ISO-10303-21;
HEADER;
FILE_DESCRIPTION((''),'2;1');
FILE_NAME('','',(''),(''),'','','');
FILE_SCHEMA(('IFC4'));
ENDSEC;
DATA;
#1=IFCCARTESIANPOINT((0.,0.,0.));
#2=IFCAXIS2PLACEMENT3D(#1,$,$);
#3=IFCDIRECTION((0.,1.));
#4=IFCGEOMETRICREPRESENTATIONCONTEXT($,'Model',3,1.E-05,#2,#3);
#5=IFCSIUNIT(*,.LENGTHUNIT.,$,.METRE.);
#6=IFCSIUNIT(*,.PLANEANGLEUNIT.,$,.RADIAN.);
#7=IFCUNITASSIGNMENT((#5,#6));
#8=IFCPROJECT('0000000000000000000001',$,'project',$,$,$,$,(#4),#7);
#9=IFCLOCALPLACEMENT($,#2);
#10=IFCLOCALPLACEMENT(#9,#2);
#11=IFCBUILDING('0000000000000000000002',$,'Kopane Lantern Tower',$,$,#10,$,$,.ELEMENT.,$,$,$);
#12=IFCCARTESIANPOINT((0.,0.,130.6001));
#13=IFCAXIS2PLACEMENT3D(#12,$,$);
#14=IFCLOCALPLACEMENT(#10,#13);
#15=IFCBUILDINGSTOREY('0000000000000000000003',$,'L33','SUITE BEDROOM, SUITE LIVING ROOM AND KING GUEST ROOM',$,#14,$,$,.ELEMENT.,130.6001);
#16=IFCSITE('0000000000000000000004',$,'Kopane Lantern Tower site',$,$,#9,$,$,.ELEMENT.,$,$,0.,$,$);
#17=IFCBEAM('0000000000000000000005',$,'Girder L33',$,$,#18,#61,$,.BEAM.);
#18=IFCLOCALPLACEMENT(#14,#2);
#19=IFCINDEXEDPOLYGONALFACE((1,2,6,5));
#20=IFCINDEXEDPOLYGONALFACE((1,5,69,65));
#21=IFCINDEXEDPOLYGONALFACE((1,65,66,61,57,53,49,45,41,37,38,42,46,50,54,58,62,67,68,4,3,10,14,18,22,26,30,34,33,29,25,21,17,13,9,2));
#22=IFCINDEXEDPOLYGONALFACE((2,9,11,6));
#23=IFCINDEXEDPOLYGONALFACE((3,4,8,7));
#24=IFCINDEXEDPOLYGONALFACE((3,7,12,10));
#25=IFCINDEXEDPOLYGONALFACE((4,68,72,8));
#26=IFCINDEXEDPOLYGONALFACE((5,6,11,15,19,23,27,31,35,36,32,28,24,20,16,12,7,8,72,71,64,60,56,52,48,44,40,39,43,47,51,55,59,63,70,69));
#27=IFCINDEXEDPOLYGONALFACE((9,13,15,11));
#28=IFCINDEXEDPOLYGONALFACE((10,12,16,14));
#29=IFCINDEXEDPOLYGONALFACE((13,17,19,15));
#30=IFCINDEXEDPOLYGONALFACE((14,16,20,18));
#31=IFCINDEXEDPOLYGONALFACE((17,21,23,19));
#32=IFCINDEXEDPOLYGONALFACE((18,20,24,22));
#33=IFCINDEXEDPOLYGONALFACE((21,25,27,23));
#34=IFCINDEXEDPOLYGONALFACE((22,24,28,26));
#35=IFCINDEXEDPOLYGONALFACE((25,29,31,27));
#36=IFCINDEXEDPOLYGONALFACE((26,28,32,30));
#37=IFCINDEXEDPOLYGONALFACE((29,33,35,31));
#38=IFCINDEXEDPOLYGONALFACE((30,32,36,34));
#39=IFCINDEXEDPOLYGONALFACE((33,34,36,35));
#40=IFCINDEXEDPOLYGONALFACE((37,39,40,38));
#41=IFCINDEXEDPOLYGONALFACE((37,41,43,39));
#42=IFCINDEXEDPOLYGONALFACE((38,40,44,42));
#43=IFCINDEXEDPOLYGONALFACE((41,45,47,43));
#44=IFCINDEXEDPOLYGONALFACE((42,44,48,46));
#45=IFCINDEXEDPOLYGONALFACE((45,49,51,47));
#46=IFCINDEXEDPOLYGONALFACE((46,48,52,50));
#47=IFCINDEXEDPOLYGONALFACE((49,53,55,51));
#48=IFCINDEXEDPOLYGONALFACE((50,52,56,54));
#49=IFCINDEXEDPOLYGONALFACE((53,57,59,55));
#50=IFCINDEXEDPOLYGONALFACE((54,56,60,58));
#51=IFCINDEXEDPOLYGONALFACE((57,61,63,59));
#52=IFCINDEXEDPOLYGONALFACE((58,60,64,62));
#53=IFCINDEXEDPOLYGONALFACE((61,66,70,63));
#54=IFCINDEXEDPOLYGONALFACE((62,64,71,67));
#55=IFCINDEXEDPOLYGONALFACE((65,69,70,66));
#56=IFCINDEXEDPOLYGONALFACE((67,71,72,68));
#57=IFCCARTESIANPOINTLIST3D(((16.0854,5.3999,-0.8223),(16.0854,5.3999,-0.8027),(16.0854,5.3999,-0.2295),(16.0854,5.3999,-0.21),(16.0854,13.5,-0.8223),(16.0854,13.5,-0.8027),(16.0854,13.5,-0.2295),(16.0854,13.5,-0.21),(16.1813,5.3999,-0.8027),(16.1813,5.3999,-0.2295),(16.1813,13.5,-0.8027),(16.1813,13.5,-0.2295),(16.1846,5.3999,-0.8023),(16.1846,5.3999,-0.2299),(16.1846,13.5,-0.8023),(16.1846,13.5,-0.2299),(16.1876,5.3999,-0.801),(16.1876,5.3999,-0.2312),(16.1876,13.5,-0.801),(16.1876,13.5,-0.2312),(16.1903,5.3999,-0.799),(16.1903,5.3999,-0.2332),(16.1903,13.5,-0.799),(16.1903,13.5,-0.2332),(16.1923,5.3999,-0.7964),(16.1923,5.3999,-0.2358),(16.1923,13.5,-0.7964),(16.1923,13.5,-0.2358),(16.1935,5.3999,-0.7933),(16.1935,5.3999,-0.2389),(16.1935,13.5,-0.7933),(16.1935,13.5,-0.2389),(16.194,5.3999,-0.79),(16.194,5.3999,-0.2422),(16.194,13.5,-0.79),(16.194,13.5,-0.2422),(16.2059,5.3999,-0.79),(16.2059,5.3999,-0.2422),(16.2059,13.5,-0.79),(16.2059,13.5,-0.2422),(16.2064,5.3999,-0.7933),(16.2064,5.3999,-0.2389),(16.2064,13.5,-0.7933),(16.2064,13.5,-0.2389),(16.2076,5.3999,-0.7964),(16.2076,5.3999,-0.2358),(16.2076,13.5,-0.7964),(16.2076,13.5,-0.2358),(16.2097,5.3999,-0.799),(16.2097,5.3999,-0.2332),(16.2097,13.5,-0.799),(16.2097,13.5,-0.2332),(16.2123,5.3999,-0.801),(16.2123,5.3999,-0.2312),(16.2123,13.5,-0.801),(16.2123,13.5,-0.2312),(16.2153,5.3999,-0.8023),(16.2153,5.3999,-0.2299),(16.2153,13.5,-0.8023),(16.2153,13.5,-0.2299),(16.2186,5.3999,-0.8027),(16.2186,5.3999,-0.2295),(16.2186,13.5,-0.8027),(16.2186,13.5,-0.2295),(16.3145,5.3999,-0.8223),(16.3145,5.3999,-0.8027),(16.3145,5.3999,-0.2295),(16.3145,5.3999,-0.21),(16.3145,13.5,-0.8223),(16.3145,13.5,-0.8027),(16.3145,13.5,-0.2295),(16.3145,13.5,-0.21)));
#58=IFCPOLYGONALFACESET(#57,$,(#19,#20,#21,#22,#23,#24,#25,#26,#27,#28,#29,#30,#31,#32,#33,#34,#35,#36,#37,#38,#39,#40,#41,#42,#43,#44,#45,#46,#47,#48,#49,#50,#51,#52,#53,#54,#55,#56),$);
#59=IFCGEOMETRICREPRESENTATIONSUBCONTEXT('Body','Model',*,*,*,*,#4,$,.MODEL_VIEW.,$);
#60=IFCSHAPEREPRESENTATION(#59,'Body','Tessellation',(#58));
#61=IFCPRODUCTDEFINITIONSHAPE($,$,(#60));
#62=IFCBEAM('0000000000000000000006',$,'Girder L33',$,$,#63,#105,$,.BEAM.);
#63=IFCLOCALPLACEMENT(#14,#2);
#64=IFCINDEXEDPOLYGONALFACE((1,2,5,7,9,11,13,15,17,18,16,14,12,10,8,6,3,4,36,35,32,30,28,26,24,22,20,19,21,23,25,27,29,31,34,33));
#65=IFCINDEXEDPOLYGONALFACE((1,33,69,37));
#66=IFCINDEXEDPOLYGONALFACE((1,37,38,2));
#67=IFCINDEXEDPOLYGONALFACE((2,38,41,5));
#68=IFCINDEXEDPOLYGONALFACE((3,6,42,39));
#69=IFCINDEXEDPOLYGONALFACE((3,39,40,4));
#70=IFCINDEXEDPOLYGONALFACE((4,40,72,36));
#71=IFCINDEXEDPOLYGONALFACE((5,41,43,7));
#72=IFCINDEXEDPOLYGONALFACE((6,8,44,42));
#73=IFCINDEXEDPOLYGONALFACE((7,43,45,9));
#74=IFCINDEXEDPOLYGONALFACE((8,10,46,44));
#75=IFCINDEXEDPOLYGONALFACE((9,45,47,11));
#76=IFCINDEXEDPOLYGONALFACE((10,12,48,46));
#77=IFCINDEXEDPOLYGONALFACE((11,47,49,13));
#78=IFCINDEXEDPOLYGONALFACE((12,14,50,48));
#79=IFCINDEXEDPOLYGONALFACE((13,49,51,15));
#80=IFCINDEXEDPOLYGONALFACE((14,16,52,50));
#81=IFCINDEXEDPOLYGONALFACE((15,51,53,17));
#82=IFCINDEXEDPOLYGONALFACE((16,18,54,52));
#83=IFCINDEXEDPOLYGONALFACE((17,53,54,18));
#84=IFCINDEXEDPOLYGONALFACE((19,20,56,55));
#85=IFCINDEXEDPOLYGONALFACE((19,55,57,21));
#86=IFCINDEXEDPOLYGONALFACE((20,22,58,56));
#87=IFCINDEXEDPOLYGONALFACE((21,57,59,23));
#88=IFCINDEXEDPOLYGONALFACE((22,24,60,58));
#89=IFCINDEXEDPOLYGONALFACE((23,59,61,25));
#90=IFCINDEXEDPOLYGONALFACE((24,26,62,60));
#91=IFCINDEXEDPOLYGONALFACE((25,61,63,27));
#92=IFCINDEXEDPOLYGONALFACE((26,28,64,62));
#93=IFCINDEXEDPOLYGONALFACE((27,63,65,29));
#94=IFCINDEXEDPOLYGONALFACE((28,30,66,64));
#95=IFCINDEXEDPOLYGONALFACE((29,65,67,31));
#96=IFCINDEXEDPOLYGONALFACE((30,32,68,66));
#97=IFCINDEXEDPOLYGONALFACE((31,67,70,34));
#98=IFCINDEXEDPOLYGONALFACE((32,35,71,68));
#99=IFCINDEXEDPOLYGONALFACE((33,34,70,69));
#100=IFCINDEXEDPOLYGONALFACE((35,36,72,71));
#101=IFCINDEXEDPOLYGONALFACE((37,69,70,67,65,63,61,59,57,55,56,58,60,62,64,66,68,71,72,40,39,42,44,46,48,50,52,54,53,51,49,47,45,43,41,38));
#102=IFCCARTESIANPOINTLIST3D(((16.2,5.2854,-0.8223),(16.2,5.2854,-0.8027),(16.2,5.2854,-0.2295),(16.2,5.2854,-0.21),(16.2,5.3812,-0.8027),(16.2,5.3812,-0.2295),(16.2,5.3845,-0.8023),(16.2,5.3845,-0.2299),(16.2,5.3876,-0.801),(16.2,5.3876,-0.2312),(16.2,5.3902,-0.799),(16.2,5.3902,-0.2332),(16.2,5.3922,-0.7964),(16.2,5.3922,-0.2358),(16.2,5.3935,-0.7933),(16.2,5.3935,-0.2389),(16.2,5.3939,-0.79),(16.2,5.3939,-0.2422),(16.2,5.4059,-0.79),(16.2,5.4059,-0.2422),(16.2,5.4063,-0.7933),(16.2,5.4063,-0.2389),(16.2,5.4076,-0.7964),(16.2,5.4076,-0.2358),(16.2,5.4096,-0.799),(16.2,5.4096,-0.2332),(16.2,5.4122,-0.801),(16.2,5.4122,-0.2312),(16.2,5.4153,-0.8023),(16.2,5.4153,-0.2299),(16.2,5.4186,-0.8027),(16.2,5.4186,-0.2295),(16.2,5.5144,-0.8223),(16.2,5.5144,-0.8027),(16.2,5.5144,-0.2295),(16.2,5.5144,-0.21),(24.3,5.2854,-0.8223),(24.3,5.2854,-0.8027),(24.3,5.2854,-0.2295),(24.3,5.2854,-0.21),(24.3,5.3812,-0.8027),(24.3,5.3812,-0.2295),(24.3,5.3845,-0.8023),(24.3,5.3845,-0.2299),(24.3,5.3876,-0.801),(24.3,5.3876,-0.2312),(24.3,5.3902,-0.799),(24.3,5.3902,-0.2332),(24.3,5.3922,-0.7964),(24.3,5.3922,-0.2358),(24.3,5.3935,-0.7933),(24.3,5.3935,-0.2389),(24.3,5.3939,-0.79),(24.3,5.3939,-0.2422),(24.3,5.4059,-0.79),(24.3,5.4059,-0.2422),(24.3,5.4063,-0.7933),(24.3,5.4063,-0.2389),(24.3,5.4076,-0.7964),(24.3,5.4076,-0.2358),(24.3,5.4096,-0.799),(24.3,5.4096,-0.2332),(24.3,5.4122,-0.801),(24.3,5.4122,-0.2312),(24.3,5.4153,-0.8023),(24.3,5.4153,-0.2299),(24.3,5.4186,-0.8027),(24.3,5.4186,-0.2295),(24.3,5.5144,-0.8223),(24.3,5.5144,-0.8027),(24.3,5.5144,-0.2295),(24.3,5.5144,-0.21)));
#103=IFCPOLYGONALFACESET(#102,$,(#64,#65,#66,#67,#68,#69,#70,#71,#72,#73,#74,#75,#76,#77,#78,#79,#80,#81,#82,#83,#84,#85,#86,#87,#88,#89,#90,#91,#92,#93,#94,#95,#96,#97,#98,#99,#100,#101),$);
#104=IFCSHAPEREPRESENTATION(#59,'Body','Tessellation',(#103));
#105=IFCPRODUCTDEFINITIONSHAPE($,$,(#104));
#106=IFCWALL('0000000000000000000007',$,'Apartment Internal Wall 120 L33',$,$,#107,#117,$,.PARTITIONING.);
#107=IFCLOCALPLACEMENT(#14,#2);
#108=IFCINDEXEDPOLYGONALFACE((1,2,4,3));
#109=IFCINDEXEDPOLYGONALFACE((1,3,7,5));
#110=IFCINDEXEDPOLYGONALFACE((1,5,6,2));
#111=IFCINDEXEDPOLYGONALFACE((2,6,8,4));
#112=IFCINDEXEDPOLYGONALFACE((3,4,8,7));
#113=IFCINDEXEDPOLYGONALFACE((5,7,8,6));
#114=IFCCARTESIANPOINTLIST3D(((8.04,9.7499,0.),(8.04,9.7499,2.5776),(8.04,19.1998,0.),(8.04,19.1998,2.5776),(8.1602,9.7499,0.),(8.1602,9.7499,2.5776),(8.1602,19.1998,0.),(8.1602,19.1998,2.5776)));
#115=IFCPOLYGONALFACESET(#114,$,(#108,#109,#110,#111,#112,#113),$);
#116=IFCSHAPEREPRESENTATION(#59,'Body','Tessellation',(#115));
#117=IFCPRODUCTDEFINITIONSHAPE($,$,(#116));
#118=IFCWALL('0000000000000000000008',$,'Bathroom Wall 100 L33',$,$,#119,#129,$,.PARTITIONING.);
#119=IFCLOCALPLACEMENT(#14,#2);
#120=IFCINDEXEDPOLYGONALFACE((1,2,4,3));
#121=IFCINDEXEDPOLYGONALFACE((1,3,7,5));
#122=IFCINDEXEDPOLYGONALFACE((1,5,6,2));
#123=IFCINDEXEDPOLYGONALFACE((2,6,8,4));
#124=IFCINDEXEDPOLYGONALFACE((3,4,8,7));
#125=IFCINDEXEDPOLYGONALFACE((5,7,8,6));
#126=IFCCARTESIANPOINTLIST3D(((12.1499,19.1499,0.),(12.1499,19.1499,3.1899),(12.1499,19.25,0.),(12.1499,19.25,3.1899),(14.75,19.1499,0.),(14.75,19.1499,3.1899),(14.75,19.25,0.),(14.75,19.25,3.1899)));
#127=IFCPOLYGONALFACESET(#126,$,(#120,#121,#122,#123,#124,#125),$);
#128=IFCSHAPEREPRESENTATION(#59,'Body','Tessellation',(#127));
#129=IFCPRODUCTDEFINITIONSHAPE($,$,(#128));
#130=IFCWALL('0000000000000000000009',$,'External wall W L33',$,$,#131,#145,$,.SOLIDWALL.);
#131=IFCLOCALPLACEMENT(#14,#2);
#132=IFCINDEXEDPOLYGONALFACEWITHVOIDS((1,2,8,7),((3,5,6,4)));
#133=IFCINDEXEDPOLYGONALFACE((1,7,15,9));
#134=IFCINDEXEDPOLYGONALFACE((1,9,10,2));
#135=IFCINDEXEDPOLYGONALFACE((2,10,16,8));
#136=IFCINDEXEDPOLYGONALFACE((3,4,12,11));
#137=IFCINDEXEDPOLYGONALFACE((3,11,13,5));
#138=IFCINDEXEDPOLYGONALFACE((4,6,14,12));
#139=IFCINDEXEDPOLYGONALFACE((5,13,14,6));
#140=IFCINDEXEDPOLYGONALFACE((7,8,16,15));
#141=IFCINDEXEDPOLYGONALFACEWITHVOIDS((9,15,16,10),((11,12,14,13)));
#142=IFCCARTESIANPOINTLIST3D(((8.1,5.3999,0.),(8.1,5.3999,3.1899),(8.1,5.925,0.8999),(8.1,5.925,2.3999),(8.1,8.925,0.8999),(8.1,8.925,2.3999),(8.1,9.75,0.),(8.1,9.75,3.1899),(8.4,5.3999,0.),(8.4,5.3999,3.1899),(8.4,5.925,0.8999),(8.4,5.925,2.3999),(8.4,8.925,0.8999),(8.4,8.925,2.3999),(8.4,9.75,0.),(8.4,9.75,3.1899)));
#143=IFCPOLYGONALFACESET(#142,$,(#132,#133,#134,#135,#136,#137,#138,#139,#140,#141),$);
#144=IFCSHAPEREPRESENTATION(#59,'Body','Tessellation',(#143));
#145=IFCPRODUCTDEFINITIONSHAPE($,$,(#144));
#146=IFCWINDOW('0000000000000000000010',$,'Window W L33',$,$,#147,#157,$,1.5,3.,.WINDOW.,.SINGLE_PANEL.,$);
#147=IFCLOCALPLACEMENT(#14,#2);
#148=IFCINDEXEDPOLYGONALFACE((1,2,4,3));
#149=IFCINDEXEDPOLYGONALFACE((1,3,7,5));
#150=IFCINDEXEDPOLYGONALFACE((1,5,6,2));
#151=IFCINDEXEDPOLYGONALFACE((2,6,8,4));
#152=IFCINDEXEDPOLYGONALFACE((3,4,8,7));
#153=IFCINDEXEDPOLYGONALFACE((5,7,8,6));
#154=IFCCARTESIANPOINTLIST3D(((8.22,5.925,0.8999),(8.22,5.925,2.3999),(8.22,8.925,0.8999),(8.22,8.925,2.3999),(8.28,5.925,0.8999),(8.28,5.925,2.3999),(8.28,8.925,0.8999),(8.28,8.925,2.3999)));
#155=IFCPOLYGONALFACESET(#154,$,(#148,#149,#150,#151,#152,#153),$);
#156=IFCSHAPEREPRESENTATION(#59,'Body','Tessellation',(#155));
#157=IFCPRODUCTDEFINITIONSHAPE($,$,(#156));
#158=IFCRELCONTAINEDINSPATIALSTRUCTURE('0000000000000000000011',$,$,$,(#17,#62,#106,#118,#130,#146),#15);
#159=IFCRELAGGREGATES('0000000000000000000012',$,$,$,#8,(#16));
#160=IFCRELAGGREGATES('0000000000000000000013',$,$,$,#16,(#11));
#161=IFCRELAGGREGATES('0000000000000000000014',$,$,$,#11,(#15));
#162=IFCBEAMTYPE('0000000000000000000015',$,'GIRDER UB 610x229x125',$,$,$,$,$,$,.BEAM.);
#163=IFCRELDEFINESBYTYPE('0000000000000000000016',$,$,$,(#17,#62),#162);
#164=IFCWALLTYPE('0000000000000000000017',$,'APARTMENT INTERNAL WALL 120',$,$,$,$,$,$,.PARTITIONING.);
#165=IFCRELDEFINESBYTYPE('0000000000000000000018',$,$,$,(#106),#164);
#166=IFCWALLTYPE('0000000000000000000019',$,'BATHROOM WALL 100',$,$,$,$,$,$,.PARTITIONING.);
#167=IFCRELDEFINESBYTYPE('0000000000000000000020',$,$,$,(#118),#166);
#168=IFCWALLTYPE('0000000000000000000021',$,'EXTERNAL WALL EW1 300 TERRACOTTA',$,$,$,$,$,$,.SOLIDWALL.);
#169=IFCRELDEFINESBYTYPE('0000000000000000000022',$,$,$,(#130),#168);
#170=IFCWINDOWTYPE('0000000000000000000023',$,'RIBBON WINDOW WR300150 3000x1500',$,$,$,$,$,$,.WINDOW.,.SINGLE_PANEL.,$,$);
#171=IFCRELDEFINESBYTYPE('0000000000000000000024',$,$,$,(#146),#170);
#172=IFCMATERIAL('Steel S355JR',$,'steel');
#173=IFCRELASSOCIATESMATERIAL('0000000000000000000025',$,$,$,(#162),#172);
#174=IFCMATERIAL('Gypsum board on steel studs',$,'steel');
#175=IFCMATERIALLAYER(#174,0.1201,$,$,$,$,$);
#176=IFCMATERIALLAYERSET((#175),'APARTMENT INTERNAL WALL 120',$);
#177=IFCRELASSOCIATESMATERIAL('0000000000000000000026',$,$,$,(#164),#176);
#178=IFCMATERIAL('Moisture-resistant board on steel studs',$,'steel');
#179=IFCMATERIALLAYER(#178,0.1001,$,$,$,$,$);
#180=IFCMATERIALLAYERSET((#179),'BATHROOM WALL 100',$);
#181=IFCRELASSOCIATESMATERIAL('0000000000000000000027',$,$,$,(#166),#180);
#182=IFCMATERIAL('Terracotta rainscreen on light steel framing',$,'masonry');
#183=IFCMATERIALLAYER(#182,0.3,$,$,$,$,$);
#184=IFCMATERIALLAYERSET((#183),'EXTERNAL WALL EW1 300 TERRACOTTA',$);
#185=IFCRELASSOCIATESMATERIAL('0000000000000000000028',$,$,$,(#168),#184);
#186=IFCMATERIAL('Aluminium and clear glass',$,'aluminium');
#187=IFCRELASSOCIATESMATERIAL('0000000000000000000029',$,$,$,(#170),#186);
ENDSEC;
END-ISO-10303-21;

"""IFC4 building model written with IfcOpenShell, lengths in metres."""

from ifc_helpers import new_model, si_unit, direction, frame, frame_2d, origin, origin_2d, place, context, subcontext, project, spatial, rectangle, i_section, extrude, material, layer, layer_set, material_profile, profile_set, type_object, element, fill, save


model = new_model("IFC4")

# Units and contexts
model_context = context("Model", 3, precision=1e-05, world=origin(), true_north=direction((0.0, 1.0)))
body_context = subcontext(model_context, "Body", "Model", "MODEL_VIEW")
ifc_project = project(units=[si_unit("LENGTHUNIT", "METRE"), si_unit("PLANEANGLEUNIT", "RADIAN")], contexts=[model_context])

# Site, building, storey
site_placement = place(None, origin())
site = spatial("IfcSite", under=ifc_project, at=site_placement, Name="Kopane Lantern Tower site", CompositionType="ELEMENT", RefElevation=0.0)
building_placement = place(site_placement, origin())
building = spatial("IfcBuilding", under=site, at=building_placement, Name="Kopane Lantern Tower", CompositionType="ELEMENT")
storey_placement = place(building_placement, frame((0.0, 0.0, 130.6001)))
storey = spatial("IfcBuildingStorey", under=building, at=storey_placement, Name="L33", Description="SUITE BEDROOM, SUITE LIVING ROOM AND KING GUEST ROOM", CompositionType="ELEMENT", Elevation=130.6001)

# Beams
ifc_material_1 = material(Name="Steel S355JR", Category="steel")
ifc_material_profile_1 = material_profile(ifc_material_1, i_section(OverallWidth=0.229, OverallDepth=0.6123, WebThickness=0.012, FlangeThickness=0.0195, FilletRadius=0.0127, at=origin_2d()), Name="UB 610x229x125")
ifc_profile_set_1 = profile_set([ifc_material_profile_1], Name="Steel S355JR")
beam_type = type_object("IfcBeamType", Name="GIRDER UB 610x229x125", PredefinedType="BEAM", material=ifc_profile_set_1)
for number, where, z_axis, x_axis, name in (
    (1, (16.2, 5.3999, -0.5161), (0.0, 1.0, 0.0), (-1.0, 0.0, 0.0), "Girder L33"),
    (2, (16.2, 5.3999, -0.5161), (1.0, 0.0, 0.0), (0.0, 1.0, 0.0), "Girder L33"),
):
    element("IfcBeam", number, at=place(storey_placement, frame(where, z_axis=z_axis, x_axis=x_axis)), inside=storey, type_object=beam_type, Name=name, PredefinedType="BEAM", context=body_context, shape_type="SweptSolid", body=[
        extrude(i_section(OverallWidth=0.229, OverallDepth=0.6123, WebThickness=0.012, FlangeThickness=0.0195, FilletRadius=0.0127, at=origin_2d()), origin(), (0.0, 0.0, 1.0), 8.1001),
    ])

# Walls
ifc_material_2 = material(Name="Gypsum board on steel studs", Category="steel")
ifc_layer_1 = layer(ifc_material_2, 0.1201)
ifc_layer_set_1 = layer_set([ifc_layer_1], Name="APARTMENT INTERNAL WALL 120")
wall_type_1 = type_object("IfcWallType", Name="APARTMENT INTERNAL WALL 120", PredefinedType="PARTITIONING", material=ifc_layer_set_1)
wall_1_placement = place(storey_placement, frame((8.1001, 19.2, 0.0), z_axis=(0.0, 0.0, 1.0), x_axis=(0.0, -1.0, 0.0)))
element("IfcWall", 3, at=wall_1_placement, inside=storey, type_object=wall_type_1, Name="Apartment Internal Wall 120 L33", PredefinedType="PARTITIONING", context=body_context, shape_type="SweptSolid", body=[
    extrude(rectangle(XDim=9.45, YDim=0.1201, at=frame_2d((4.7251, 0.0))), origin(), (0.0, 0.0, 1.0), 2.5776),
])
ifc_material_3 = material(Name="Moisture-resistant board on steel studs", Category="steel")
ifc_layer_2 = layer(ifc_material_3, 0.1001)
ifc_layer_set_2 = layer_set([ifc_layer_2], Name="BATHROOM WALL 100")
wall_type_2 = type_object("IfcWallType", Name="BATHROOM WALL 100", PredefinedType="PARTITIONING", material=ifc_layer_set_2)
wall_2_placement = place(storey_placement, frame((12.1499, 19.2, 0.0), z_axis=(0.0, 0.0, 1.0), x_axis=(1.0, 0.0, 0.0)))
element("IfcWall", 4, at=wall_2_placement, inside=storey, type_object=wall_type_2, Name="Bathroom Wall 100 L33", PredefinedType="PARTITIONING", context=body_context, shape_type="SweptSolid", body=[
    extrude(rectangle(XDim=2.6001, YDim=0.1001, at=frame_2d((1.3, 0.0))), origin(), (0.0, 0.0, 1.0), 3.1899),
])

# Shared definitions
ifc_material_4 = material(Name="Terracotta rainscreen on light steel framing", Category="masonry")
ifc_layer_3 = layer(ifc_material_4, 0.3)
ifc_layer_set_3 = layer_set([ifc_layer_3], Name="EXTERNAL WALL EW1 300 TERRACOTTA")
wall_type_3 = type_object("IfcWallType", Name="EXTERNAL WALL EW1 300 TERRACOTTA", PredefinedType="SOLIDWALL", material=ifc_layer_set_3)

# Wall, opening, window
wall_3_placement = place(storey_placement, frame((8.25, 9.75, 0.0), z_axis=(0.0, 0.0, 1.0), x_axis=(0.0, -1.0, 0.0)))
wall_3 = element("IfcWall", 5, at=wall_3_placement, inside=storey, type_object=wall_type_3, Name="External wall W L33", PredefinedType="SOLIDWALL", context=body_context, shape_type="SweptSolid", body=[
    extrude(rectangle(XDim=4.3501, YDim=0.3, at=frame_2d((2.175, 0.0))), origin(), (0.0, 0.0, 1.0), 3.1899),
])
opening_1_placement = place(wall_3_placement, frame((0.825, 0.0, 0.8999)))
opening_1 = element("IfcOpeningElement", 6, at=opening_1_placement, cuts=wall_3, PredefinedType="OPENING", context=body_context, shape_type="SweptSolid", body=[
    extrude(rectangle(XDim=3.0, YDim=1.5, at=frame_2d((1.5, 0.75))), frame((0.0, 0.1599, 0.0), z_axis=(0.0, -1.0, 0.0), x_axis=(1.0, 0.0, 0.0)), (0.0, 0.0, 1.0), 0.3201),
])
ifc_material_5 = material(Name="Aluminium and clear glass", Category="aluminium")
window_type_1 = type_object("IfcWindowType", Name="RIBBON WINDOW WR300150 3000x1500", PartitioningType="SINGLE_PANEL", PredefinedType="WINDOW", material=ifc_material_5)
window_1_placement = place(opening_1_placement, origin())
window_1 = element("IfcWindow", 7, at=window_1_placement, inside=storey, type_object=window_type_1, Name="Window W L33", OverallHeight=1.5, OverallWidth=3.0, PartitioningType="SINGLE_PANEL", PredefinedType="WINDOW", context=body_context, shape_type="SweptSolid", body=[
    extrude(rectangle(XDim=3.0, YDim=1.5, at=frame_2d((1.5, 0.75))), frame((0.0, 0.03, 0.0), z_axis=(0.0, -1.0, 0.0), x_axis=(1.0, 0.0, 0.0)), (0.0, 0.0, 1.0), 0.0601),
])
fill(opening_1, window_1)

save(model, "model.ifc")
